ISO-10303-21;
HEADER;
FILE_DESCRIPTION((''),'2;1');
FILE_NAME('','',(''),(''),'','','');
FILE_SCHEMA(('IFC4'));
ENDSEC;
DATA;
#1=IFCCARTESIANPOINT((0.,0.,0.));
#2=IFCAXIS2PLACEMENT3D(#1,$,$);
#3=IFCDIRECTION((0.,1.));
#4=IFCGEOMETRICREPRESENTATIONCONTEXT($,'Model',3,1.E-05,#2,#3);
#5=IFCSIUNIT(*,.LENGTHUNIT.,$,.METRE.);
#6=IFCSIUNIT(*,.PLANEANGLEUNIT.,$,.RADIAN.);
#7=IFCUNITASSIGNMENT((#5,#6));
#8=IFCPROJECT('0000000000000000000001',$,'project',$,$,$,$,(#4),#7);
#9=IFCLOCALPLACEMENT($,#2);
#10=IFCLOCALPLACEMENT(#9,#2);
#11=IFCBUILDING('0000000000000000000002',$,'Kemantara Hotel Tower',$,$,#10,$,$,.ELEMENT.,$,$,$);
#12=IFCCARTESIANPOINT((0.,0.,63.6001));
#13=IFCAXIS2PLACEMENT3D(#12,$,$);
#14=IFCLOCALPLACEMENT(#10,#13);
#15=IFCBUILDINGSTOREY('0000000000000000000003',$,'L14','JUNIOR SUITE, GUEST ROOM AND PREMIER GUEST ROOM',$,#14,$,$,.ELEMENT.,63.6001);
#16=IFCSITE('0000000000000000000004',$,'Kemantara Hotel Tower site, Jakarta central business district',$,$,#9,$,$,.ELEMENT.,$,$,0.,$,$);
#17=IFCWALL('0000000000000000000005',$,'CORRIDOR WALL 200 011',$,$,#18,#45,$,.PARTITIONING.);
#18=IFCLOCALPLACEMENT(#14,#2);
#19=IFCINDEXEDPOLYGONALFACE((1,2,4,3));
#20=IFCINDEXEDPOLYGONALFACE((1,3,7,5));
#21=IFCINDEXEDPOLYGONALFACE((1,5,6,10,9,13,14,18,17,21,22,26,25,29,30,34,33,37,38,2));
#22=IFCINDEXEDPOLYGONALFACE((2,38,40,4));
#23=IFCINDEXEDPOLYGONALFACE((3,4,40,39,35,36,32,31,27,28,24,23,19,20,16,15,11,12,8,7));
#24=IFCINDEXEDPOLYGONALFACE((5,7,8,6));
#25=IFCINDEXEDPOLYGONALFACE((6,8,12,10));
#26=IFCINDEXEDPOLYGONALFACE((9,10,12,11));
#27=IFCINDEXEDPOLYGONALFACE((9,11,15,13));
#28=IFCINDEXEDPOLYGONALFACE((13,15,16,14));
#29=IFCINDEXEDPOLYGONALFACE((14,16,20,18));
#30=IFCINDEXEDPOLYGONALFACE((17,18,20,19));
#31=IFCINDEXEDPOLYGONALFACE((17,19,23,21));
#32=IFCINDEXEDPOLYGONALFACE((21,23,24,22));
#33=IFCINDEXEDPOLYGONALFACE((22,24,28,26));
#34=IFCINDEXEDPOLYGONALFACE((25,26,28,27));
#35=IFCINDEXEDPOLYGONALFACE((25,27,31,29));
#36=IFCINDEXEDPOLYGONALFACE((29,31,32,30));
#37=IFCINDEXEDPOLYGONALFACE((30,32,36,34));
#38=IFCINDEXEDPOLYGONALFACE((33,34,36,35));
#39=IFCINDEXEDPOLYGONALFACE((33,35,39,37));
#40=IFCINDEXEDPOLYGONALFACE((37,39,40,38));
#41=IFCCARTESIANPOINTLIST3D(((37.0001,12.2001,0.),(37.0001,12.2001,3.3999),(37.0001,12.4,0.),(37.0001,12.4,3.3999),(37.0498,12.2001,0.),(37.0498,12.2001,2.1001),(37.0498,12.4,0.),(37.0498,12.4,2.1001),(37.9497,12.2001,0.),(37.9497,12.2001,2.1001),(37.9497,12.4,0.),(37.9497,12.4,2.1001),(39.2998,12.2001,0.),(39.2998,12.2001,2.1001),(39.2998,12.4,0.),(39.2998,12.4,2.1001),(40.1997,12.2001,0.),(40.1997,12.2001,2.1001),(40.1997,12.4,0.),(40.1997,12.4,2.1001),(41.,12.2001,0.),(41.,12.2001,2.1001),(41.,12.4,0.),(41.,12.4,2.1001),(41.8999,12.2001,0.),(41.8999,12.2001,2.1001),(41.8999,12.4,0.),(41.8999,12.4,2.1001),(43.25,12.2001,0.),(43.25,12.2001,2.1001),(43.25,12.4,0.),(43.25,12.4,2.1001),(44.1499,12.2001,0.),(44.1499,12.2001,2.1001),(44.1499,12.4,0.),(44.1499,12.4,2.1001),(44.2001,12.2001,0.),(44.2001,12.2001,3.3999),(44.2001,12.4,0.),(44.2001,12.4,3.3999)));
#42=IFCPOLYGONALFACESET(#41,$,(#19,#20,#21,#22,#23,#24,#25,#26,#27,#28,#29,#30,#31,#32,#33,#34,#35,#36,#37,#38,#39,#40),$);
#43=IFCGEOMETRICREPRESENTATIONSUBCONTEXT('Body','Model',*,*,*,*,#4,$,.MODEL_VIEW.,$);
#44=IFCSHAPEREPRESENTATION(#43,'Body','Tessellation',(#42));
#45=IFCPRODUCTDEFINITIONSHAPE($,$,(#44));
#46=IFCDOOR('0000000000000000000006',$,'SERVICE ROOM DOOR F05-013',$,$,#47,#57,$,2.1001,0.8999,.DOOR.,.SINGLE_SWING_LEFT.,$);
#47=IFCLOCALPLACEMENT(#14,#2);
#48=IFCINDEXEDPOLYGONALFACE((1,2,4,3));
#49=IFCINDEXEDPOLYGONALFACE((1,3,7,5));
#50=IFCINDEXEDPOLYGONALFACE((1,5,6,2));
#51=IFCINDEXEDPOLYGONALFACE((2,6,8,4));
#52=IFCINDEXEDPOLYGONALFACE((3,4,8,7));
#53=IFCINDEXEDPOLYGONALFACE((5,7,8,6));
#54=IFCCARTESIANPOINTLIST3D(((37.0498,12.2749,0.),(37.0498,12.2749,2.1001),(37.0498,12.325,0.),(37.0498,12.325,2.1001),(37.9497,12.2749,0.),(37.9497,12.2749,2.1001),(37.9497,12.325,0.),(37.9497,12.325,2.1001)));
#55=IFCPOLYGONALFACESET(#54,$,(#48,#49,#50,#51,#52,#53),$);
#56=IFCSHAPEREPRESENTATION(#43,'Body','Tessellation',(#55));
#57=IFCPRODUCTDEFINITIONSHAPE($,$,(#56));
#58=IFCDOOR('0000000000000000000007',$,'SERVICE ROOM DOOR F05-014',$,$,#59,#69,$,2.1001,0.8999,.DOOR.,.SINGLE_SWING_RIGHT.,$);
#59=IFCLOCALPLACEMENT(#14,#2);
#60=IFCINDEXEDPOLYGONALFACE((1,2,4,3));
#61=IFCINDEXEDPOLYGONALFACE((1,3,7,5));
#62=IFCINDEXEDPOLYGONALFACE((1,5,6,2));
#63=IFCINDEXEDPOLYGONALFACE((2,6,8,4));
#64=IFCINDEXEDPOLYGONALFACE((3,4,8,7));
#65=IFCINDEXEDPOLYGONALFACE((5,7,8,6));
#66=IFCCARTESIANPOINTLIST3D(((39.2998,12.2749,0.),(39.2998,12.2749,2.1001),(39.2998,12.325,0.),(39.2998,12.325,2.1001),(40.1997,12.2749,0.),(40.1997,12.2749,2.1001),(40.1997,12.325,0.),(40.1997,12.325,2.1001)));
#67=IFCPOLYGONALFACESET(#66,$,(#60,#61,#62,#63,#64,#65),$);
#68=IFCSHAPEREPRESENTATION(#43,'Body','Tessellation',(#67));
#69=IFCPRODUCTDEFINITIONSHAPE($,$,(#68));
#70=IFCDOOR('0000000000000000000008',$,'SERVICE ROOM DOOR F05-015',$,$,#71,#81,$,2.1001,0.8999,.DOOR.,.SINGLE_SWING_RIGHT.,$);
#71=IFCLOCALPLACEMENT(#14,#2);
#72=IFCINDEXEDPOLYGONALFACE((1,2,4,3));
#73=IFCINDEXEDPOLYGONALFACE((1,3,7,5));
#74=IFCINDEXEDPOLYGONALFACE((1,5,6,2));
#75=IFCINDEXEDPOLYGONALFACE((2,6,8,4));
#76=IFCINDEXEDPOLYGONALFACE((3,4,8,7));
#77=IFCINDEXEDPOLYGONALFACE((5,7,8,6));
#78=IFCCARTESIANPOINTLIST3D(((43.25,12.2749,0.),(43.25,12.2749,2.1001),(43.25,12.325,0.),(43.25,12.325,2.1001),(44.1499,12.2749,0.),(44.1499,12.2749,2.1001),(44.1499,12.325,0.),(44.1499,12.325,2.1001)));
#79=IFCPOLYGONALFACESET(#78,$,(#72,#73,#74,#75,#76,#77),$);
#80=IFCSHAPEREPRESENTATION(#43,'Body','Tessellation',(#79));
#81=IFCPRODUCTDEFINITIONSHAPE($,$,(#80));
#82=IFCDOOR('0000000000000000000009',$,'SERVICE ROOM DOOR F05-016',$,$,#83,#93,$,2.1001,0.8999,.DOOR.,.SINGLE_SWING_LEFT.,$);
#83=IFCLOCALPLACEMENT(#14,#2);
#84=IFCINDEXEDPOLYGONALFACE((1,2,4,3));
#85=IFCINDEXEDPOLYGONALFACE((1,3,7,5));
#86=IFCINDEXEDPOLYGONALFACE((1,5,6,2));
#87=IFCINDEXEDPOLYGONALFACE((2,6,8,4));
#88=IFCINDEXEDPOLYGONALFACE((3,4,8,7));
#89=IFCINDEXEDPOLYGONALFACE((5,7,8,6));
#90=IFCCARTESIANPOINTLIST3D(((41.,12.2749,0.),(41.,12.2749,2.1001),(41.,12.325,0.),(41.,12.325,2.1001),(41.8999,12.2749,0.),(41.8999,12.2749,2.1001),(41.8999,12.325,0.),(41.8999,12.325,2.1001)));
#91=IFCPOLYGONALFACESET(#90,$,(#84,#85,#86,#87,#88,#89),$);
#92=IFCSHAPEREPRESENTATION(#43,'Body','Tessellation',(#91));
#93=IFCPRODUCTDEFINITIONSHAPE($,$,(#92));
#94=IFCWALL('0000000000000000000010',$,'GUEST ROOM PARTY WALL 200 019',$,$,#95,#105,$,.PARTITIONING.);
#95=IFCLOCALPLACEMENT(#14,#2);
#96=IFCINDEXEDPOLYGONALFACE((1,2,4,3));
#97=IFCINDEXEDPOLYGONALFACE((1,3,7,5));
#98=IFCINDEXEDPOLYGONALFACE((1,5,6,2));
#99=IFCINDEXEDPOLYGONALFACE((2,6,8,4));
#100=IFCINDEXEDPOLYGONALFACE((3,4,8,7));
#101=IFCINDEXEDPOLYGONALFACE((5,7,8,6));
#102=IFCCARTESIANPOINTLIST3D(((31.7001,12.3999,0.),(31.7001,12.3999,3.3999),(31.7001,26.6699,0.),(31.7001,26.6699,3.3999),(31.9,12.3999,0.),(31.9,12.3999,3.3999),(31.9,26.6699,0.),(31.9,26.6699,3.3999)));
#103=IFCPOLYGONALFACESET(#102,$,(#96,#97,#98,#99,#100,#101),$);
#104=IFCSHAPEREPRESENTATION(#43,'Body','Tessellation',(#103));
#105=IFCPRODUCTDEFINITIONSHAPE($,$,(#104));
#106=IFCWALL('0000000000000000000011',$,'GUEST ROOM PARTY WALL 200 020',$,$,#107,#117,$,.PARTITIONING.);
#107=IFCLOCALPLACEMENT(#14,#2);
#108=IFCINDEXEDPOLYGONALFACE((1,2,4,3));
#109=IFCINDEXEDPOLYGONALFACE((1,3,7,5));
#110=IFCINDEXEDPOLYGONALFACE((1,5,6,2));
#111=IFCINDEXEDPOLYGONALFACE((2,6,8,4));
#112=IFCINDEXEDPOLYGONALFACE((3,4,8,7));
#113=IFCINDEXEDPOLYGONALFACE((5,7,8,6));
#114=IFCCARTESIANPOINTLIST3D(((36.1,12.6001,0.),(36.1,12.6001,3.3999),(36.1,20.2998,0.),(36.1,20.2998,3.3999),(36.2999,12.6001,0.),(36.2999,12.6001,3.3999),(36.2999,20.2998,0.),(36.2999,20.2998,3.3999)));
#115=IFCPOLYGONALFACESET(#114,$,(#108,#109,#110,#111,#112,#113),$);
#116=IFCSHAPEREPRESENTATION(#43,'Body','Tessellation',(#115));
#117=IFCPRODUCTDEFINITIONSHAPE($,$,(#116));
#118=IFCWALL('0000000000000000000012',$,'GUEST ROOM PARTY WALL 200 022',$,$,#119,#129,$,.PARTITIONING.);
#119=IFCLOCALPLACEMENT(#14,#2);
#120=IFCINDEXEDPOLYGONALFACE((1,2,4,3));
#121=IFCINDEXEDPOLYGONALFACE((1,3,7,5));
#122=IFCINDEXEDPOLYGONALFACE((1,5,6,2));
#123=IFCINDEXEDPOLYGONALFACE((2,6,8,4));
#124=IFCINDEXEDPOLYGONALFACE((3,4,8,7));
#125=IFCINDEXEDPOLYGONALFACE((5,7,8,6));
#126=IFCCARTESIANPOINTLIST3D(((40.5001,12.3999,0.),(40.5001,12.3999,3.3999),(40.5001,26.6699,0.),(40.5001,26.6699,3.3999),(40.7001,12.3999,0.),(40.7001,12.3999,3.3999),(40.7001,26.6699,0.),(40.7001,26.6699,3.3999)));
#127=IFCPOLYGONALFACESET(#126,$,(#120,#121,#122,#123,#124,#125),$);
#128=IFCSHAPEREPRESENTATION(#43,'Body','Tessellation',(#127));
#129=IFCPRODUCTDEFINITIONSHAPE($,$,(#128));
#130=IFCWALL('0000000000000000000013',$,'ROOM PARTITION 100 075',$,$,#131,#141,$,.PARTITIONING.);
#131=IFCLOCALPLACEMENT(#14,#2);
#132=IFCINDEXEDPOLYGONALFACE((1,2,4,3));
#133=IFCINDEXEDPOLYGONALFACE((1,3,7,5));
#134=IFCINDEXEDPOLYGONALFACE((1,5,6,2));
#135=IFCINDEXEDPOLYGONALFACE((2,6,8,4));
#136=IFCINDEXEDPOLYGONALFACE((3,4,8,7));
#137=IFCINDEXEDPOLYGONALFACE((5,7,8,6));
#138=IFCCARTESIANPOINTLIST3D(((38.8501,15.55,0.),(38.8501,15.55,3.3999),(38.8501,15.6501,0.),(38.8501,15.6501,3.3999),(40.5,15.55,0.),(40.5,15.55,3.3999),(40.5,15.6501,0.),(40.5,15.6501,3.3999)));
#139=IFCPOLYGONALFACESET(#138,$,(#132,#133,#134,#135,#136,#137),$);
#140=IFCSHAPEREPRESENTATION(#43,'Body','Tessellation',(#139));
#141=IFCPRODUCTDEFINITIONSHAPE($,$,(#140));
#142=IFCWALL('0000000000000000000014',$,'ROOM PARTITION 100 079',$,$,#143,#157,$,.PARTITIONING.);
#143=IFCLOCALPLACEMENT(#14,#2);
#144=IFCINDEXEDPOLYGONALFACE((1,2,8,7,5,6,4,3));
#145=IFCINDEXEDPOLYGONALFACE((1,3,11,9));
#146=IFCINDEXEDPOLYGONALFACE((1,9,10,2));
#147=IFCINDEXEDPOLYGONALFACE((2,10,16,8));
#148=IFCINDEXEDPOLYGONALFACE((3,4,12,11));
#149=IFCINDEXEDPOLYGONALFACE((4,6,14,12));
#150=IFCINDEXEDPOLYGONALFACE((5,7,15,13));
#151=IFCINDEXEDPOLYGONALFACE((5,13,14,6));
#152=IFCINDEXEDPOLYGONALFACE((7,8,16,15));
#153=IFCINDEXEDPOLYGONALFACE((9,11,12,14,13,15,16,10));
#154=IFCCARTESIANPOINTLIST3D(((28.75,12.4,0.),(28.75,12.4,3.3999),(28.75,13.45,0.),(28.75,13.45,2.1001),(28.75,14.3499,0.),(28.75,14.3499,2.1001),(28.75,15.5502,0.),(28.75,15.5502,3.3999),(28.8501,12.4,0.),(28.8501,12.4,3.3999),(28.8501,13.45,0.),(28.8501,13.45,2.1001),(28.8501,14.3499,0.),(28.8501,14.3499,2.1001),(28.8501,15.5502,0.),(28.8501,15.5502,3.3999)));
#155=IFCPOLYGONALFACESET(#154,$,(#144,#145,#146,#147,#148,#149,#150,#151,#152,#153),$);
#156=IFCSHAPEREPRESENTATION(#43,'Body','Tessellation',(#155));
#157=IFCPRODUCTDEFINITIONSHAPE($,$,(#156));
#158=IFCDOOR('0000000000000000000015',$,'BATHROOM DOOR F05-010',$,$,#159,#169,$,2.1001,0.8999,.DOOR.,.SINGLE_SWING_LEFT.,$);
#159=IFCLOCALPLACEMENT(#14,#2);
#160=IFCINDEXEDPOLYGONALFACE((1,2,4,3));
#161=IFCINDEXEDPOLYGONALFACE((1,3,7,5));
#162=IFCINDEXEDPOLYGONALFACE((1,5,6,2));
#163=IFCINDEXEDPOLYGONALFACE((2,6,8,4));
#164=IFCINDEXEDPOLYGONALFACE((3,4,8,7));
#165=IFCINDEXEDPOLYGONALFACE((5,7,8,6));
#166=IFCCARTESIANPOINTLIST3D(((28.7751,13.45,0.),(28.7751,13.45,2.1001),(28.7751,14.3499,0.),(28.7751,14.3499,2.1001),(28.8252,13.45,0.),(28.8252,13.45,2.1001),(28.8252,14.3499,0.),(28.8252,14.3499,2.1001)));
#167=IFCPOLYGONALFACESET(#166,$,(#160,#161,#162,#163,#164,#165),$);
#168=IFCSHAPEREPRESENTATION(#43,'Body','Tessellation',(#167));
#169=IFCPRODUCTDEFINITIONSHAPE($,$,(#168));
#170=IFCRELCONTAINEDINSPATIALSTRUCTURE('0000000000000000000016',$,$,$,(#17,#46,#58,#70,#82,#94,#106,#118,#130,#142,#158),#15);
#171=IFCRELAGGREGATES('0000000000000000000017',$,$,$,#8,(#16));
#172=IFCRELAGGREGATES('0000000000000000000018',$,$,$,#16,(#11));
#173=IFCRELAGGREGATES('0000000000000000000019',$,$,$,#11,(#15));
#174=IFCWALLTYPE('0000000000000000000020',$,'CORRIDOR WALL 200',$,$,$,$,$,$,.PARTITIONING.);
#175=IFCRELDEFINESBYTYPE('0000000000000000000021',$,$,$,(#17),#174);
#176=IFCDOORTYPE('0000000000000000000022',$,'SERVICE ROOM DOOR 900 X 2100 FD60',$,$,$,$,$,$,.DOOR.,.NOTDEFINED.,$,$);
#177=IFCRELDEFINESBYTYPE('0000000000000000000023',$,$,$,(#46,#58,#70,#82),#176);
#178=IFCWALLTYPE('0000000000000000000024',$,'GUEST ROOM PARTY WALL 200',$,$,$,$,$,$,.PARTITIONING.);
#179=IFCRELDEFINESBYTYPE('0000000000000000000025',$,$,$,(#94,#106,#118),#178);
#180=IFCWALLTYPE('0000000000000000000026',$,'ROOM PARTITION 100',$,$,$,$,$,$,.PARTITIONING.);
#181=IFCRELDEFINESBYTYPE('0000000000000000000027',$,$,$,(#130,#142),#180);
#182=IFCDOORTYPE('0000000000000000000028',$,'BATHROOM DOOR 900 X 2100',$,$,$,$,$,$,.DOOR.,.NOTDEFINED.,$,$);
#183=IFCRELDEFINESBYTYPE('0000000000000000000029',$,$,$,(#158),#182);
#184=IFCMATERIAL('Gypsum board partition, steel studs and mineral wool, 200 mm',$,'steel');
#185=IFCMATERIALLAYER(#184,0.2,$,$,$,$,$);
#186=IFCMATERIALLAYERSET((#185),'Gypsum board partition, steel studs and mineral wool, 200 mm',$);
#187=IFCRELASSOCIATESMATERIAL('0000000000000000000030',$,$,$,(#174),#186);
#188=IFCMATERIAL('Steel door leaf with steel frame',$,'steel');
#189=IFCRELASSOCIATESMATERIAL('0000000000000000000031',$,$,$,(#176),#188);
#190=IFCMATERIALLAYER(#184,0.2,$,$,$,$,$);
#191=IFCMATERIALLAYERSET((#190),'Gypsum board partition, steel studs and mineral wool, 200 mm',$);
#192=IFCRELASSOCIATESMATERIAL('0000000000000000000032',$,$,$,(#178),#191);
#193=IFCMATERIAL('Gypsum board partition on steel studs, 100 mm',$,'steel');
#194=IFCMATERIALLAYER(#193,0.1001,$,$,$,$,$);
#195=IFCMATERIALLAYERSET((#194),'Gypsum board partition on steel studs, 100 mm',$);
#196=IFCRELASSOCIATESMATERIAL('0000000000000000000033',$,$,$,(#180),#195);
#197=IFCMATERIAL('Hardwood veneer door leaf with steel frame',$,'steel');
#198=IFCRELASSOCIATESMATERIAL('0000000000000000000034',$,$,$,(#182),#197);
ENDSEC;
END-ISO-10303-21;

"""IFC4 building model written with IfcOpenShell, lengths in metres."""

from ifc_helpers import new_model, si_unit, direction, frame, frame_2d, origin, place, context, subcontext, project, spatial, rectangle, extrude, material, layer, layer_set, type_object, element, fill, save


model = new_model("IFC4")

# Units and contexts
model_context = context("Model", 3, precision=1e-05, world=origin(), true_north=direction((0.0, 1.0)))
body_context = subcontext(model_context, "Body", "Model", "MODEL_VIEW")
ifc_project = project(units=[si_unit("LENGTHUNIT", "METRE"), si_unit("PLANEANGLEUNIT", "RADIAN")], contexts=[model_context])

# Site, building, storey
site_placement = place(None, origin())
site = spatial("IfcSite", under=ifc_project, at=site_placement, Name="Kemantara Hotel Tower site, Jakarta central business district", CompositionType="ELEMENT", RefElevation=0.0)
building_placement = place(site_placement, origin())
building = spatial("IfcBuilding", under=site, at=building_placement, Name="Kemantara Hotel Tower", CompositionType="ELEMENT")
storey_placement = place(building_placement, frame((0.0, 0.0, 63.6001)))
storey = spatial("IfcBuildingStorey", under=building, at=storey_placement, Name="L14", Description="JUNIOR SUITE, GUEST ROOM AND PREMIER GUEST ROOM", CompositionType="ELEMENT", Elevation=63.6001)

# Shared definitions
ifc_material_1 = material(Name="Gypsum board partition, steel studs and mineral wool, 200 mm", Category="steel")
ifc_layer_1 = layer(ifc_material_1, 0.2)
ifc_layer_set_1 = layer_set([ifc_layer_1], Name="Gypsum board partition, steel studs and mineral wool, 200 mm")
wall_type_1 = type_object("IfcWallType", Name="CORRIDOR WALL 200", PredefinedType="PARTITIONING", material=ifc_layer_set_1)

# Wall, openings, doors
ifc_material_2 = material(Name="Hardwood veneer door leaf with steel frame", Category="steel")
wall_1_placement = place(storey_placement, frame((37.0, 12.3, 0.0), z_axis=(0.0, 0.0, 1.0), x_axis=(1.0, 0.0, 0.0)))
wall_1 = element("IfcWall", 1, at=wall_1_placement, inside=storey, type_object=wall_type_1, Name="CORRIDOR WALL 200 011", PredefinedType="PARTITIONING", context=body_context, shape_type="SweptSolid", body=[
    extrude(rectangle(XDim=7.2, YDim=0.2, at=frame_2d((3.6001, 0.0))), origin(), (0.0, 0.0, 1.0), 3.3999),
])
opening_1_placement = place(wall_1_placement, frame((0.0498, 0.0, 0.0)))
opening_1 = element("IfcOpeningElement", 2, at=opening_1_placement, cuts=wall_1, PredefinedType="OPENING", context=body_context, shape_type="SweptSolid", body=[
    extrude(rectangle(XDim=0.8999, YDim=2.1001, at=frame_2d((0.45, 1.05))), frame((0.0, 0.1099, 0.0), z_axis=(0.0, -1.0, 0.0), x_axis=(1.0, 0.0, 0.0)), (0.0, 0.0, 1.0), 0.22),
])
opening_2_placement = place(wall_1_placement, frame((2.2998, 0.0, 0.0)))
opening_2 = element("IfcOpeningElement", 3, at=opening_2_placement, cuts=wall_1, PredefinedType="OPENING", context=body_context, shape_type="SweptSolid", body=[
    extrude(rectangle(XDim=0.8999, YDim=2.1001, at=frame_2d((0.45, 1.05))), frame((0.0, 0.1099, 0.0), z_axis=(0.0, -1.0, 0.0), x_axis=(1.0, 0.0, 0.0)), (0.0, 0.0, 1.0), 0.22),
])
opening_3_placement = place(wall_1_placement, frame((6.25, 0.0, 0.0)))
opening_3 = element("IfcOpeningElement", 4, at=opening_3_placement, cuts=wall_1, PredefinedType="OPENING", context=body_context, shape_type="SweptSolid", body=[
    extrude(rectangle(XDim=0.8999, YDim=2.1001, at=frame_2d((0.45, 1.05))), frame((0.0, 0.1099, 0.0), z_axis=(0.0, -1.0, 0.0), x_axis=(1.0, 0.0, 0.0)), (0.0, 0.0, 1.0), 0.22),
])
opening_4_placement = place(wall_1_placement, frame((4.0, 0.0, 0.0)))
opening_4 = element("IfcOpeningElement", 5, at=opening_4_placement, cuts=wall_1, PredefinedType="OPENING", context=body_context, shape_type="SweptSolid", body=[
    extrude(rectangle(XDim=0.8999, YDim=2.1001, at=frame_2d((0.45, 1.05))), frame((0.0, 0.1099, 0.0), z_axis=(0.0, -1.0, 0.0), x_axis=(1.0, 0.0, 0.0)), (0.0, 0.0, 1.0), 0.22),
])
ifc_material_3 = material(Name="Steel door leaf with steel frame", Category="steel")
door_type_1 = type_object("IfcDoorType", Name="SERVICE ROOM DOOR 900 X 2100 FD60", OperationType="NOTDEFINED", PredefinedType="DOOR", material=ifc_material_3)
door_1_placement = place(opening_1_placement, origin())
door_1 = element("IfcDoor", 6, at=door_1_placement, inside=storey, type_object=door_type_1, Name="SERVICE ROOM DOOR F05-013", OperationType="SINGLE_SWING_LEFT", OverallHeight=2.1001, OverallWidth=0.8999, PredefinedType="DOOR", context=body_context, shape_type="SweptSolid", body=[
    extrude(rectangle(XDim=0.8999, YDim=2.1001, at=frame_2d((0.45, 1.05))), frame((0.0, 0.0249, 0.0), z_axis=(0.0, -1.0, 0.0), x_axis=(1.0, 0.0, 0.0)), (0.0, 0.0, 1.0), 0.05),
])
fill(opening_1, door_1)
door_2_placement = place(opening_2_placement, origin())
door_2 = element("IfcDoor", 7, at=door_2_placement, inside=storey, type_object=door_type_1, Name="SERVICE ROOM DOOR F05-014", OperationType="SINGLE_SWING_RIGHT", OverallHeight=2.1001, OverallWidth=0.8999, PredefinedType="DOOR", context=body_context, shape_type="SweptSolid", body=[
    extrude(rectangle(XDim=0.8999, YDim=2.1001, at=frame_2d((0.45, 1.05))), frame((0.0, 0.0249, 0.0), z_axis=(0.0, -1.0, 0.0), x_axis=(1.0, 0.0, 0.0)), (0.0, 0.0, 1.0), 0.05),
])
fill(opening_2, door_2)
door_3_placement = place(opening_3_placement, origin())
door_3 = element("IfcDoor", 8, at=door_3_placement, inside=storey, type_object=door_type_1, Name="SERVICE ROOM DOOR F05-015", OperationType="SINGLE_SWING_RIGHT", OverallHeight=2.1001, OverallWidth=0.8999, PredefinedType="DOOR", context=body_context, shape_type="SweptSolid", body=[
    extrude(rectangle(XDim=0.8999, YDim=2.1001, at=frame_2d((0.45, 1.05))), frame((0.0, 0.0249, 0.0), z_axis=(0.0, -1.0, 0.0), x_axis=(1.0, 0.0, 0.0)), (0.0, 0.0, 1.0), 0.05),
])
fill(opening_3, door_3)
door_4_placement = place(opening_4_placement, origin())
door_4 = element("IfcDoor", 9, at=door_4_placement, inside=storey, type_object=door_type_1, Name="SERVICE ROOM DOOR F05-016", OperationType="SINGLE_SWING_LEFT", OverallHeight=2.1001, OverallWidth=0.8999, PredefinedType="DOOR", context=body_context, shape_type="SweptSolid", body=[
    extrude(rectangle(XDim=0.8999, YDim=2.1001, at=frame_2d((0.45, 1.05))), frame((0.0, 0.0249, 0.0), z_axis=(0.0, -1.0, 0.0), x_axis=(1.0, 0.0, 0.0)), (0.0, 0.0, 1.0), 0.05),
])
fill(opening_4, door_4)

# Walls
ifc_layer_2 = layer(ifc_material_1, 0.2)
ifc_layer_set_2 = layer_set([ifc_layer_2], Name="Gypsum board partition, steel studs and mineral wool, 200 mm")
wall_type_2 = type_object("IfcWallType", Name="GUEST ROOM PARTY WALL 200", PredefinedType="PARTITIONING", material=ifc_layer_set_2)
wall_2_placement = place(storey_placement, frame((31.8, 12.3999, 0.0), z_axis=(0.0, 0.0, 1.0), x_axis=(0.0, 1.0, 0.0)))
element("IfcWall", 10, at=wall_2_placement, inside=storey, type_object=wall_type_2, Name="GUEST ROOM PARTY WALL 200 019", PredefinedType="PARTITIONING", context=body_context, shape_type="SweptSolid", body=[
    extrude(rectangle(XDim=14.27, YDim=0.2, at=frame_2d((7.135, 0.0))), origin(), (0.0, 0.0, 1.0), 3.3999),
])
wall_3_placement = place(storey_placement, frame((36.2, 12.6001, 0.0), z_axis=(0.0, 0.0, 1.0), x_axis=(0.0, 1.0, 0.0)))
element("IfcWall", 11, at=wall_3_placement, inside=storey, type_object=wall_type_2, Name="GUEST ROOM PARTY WALL 200 020", PredefinedType="PARTITIONING", context=body_context, shape_type="SweptSolid", body=[
    extrude(rectangle(XDim=7.6997, YDim=0.2, at=frame_2d((3.8499, 0.0))), origin(), (0.0, 0.0, 1.0), 3.3999),
])
wall_4_placement = place(storey_placement, frame((40.6001, 12.3999, 0.0), z_axis=(0.0, 0.0, 1.0), x_axis=(0.0, 1.0, 0.0)))
element("IfcWall", 12, at=wall_4_placement, inside=storey, type_object=wall_type_2, Name="GUEST ROOM PARTY WALL 200 022", PredefinedType="PARTITIONING", context=body_context, shape_type="SweptSolid", body=[
    extrude(rectangle(XDim=14.27, YDim=0.2, at=frame_2d((7.135, 0.0))), origin(), (0.0, 0.0, 1.0), 3.3999),
])
ifc_material_4 = material(Name="Gypsum board partition on steel studs, 100 mm", Category="steel")
ifc_layer_3 = layer(ifc_material_4, 0.1001)
ifc_layer_set_3 = layer_set([ifc_layer_3], Name="Gypsum board partition on steel studs, 100 mm")
wall_type_3 = type_object("IfcWallType", Name="ROOM PARTITION 100", PredefinedType="PARTITIONING", material=ifc_layer_set_3)
wall_5_placement = place(storey_placement, frame((38.8501, 15.6001, 0.0), z_axis=(0.0, 0.0, 1.0), x_axis=(1.0, 0.0, 0.0)))
element("IfcWall", 13, at=wall_5_placement, inside=storey, type_object=wall_type_3, Name="ROOM PARTITION 100 075", PredefinedType="PARTITIONING", context=body_context, shape_type="SweptSolid", body=[
    extrude(rectangle(XDim=1.6499, YDim=0.1001, at=frame_2d((0.825, 0.0))), origin(), (0.0, 0.0, 1.0), 3.3999),
])

# Wall, opening, door
wall_6_placement = place(storey_placement, frame((28.8, 12.3999, 0.0), z_axis=(0.0, 0.0, 1.0), x_axis=(0.0, 1.0, 0.0)))
wall_6 = element("IfcWall", 14, at=wall_6_placement, inside=storey, type_object=wall_type_3, Name="ROOM PARTITION 100 079", PredefinedType="PARTITIONING", context=body_context, shape_type="SweptSolid", body=[
    extrude(rectangle(XDim=3.1501, YDim=0.1001, at=frame_2d((1.5752, 0.0))), origin(), (0.0, 0.0, 1.0), 3.3999),
])
opening_5_placement = place(wall_6_placement, frame((1.05, 0.0, 0.0)))
opening_5 = element("IfcOpeningElement", 15, at=opening_5_placement, cuts=wall_6, PredefinedType="OPENING", context=body_context, shape_type="SweptSolid", body=[
    extrude(rectangle(XDim=0.8999, YDim=2.1001, at=frame_2d((0.45, 1.05))), frame((0.0, 0.0601, 0.0), z_axis=(0.0, -1.0, 0.0), x_axis=(1.0, 0.0, 0.0)), (0.0, 0.0, 1.0), 0.1201),
])
door_type_2 = type_object("IfcDoorType", Name="BATHROOM DOOR 900 X 2100", OperationType="NOTDEFINED", PredefinedType="DOOR", material=ifc_material_2)
door_5_placement = place(opening_5_placement, origin())
door_5 = element("IfcDoor", 16, at=door_5_placement, inside=storey, type_object=door_type_2, Name="BATHROOM DOOR F05-010", OperationType="SINGLE_SWING_LEFT", OverallHeight=2.1001, OverallWidth=0.8999, PredefinedType="DOOR", context=body_context, shape_type="SweptSolid", body=[
    extrude(rectangle(XDim=0.8999, YDim=2.1001, at=frame_2d((0.45, 1.05))), frame((0.0, 0.0249, 0.0), z_axis=(0.0, -1.0, 0.0), x_axis=(1.0, 0.0, 0.0)), (0.0, 0.0, 1.0), 0.05),
])
fill(opening_5, door_5)

save(model, "model.ifc")
